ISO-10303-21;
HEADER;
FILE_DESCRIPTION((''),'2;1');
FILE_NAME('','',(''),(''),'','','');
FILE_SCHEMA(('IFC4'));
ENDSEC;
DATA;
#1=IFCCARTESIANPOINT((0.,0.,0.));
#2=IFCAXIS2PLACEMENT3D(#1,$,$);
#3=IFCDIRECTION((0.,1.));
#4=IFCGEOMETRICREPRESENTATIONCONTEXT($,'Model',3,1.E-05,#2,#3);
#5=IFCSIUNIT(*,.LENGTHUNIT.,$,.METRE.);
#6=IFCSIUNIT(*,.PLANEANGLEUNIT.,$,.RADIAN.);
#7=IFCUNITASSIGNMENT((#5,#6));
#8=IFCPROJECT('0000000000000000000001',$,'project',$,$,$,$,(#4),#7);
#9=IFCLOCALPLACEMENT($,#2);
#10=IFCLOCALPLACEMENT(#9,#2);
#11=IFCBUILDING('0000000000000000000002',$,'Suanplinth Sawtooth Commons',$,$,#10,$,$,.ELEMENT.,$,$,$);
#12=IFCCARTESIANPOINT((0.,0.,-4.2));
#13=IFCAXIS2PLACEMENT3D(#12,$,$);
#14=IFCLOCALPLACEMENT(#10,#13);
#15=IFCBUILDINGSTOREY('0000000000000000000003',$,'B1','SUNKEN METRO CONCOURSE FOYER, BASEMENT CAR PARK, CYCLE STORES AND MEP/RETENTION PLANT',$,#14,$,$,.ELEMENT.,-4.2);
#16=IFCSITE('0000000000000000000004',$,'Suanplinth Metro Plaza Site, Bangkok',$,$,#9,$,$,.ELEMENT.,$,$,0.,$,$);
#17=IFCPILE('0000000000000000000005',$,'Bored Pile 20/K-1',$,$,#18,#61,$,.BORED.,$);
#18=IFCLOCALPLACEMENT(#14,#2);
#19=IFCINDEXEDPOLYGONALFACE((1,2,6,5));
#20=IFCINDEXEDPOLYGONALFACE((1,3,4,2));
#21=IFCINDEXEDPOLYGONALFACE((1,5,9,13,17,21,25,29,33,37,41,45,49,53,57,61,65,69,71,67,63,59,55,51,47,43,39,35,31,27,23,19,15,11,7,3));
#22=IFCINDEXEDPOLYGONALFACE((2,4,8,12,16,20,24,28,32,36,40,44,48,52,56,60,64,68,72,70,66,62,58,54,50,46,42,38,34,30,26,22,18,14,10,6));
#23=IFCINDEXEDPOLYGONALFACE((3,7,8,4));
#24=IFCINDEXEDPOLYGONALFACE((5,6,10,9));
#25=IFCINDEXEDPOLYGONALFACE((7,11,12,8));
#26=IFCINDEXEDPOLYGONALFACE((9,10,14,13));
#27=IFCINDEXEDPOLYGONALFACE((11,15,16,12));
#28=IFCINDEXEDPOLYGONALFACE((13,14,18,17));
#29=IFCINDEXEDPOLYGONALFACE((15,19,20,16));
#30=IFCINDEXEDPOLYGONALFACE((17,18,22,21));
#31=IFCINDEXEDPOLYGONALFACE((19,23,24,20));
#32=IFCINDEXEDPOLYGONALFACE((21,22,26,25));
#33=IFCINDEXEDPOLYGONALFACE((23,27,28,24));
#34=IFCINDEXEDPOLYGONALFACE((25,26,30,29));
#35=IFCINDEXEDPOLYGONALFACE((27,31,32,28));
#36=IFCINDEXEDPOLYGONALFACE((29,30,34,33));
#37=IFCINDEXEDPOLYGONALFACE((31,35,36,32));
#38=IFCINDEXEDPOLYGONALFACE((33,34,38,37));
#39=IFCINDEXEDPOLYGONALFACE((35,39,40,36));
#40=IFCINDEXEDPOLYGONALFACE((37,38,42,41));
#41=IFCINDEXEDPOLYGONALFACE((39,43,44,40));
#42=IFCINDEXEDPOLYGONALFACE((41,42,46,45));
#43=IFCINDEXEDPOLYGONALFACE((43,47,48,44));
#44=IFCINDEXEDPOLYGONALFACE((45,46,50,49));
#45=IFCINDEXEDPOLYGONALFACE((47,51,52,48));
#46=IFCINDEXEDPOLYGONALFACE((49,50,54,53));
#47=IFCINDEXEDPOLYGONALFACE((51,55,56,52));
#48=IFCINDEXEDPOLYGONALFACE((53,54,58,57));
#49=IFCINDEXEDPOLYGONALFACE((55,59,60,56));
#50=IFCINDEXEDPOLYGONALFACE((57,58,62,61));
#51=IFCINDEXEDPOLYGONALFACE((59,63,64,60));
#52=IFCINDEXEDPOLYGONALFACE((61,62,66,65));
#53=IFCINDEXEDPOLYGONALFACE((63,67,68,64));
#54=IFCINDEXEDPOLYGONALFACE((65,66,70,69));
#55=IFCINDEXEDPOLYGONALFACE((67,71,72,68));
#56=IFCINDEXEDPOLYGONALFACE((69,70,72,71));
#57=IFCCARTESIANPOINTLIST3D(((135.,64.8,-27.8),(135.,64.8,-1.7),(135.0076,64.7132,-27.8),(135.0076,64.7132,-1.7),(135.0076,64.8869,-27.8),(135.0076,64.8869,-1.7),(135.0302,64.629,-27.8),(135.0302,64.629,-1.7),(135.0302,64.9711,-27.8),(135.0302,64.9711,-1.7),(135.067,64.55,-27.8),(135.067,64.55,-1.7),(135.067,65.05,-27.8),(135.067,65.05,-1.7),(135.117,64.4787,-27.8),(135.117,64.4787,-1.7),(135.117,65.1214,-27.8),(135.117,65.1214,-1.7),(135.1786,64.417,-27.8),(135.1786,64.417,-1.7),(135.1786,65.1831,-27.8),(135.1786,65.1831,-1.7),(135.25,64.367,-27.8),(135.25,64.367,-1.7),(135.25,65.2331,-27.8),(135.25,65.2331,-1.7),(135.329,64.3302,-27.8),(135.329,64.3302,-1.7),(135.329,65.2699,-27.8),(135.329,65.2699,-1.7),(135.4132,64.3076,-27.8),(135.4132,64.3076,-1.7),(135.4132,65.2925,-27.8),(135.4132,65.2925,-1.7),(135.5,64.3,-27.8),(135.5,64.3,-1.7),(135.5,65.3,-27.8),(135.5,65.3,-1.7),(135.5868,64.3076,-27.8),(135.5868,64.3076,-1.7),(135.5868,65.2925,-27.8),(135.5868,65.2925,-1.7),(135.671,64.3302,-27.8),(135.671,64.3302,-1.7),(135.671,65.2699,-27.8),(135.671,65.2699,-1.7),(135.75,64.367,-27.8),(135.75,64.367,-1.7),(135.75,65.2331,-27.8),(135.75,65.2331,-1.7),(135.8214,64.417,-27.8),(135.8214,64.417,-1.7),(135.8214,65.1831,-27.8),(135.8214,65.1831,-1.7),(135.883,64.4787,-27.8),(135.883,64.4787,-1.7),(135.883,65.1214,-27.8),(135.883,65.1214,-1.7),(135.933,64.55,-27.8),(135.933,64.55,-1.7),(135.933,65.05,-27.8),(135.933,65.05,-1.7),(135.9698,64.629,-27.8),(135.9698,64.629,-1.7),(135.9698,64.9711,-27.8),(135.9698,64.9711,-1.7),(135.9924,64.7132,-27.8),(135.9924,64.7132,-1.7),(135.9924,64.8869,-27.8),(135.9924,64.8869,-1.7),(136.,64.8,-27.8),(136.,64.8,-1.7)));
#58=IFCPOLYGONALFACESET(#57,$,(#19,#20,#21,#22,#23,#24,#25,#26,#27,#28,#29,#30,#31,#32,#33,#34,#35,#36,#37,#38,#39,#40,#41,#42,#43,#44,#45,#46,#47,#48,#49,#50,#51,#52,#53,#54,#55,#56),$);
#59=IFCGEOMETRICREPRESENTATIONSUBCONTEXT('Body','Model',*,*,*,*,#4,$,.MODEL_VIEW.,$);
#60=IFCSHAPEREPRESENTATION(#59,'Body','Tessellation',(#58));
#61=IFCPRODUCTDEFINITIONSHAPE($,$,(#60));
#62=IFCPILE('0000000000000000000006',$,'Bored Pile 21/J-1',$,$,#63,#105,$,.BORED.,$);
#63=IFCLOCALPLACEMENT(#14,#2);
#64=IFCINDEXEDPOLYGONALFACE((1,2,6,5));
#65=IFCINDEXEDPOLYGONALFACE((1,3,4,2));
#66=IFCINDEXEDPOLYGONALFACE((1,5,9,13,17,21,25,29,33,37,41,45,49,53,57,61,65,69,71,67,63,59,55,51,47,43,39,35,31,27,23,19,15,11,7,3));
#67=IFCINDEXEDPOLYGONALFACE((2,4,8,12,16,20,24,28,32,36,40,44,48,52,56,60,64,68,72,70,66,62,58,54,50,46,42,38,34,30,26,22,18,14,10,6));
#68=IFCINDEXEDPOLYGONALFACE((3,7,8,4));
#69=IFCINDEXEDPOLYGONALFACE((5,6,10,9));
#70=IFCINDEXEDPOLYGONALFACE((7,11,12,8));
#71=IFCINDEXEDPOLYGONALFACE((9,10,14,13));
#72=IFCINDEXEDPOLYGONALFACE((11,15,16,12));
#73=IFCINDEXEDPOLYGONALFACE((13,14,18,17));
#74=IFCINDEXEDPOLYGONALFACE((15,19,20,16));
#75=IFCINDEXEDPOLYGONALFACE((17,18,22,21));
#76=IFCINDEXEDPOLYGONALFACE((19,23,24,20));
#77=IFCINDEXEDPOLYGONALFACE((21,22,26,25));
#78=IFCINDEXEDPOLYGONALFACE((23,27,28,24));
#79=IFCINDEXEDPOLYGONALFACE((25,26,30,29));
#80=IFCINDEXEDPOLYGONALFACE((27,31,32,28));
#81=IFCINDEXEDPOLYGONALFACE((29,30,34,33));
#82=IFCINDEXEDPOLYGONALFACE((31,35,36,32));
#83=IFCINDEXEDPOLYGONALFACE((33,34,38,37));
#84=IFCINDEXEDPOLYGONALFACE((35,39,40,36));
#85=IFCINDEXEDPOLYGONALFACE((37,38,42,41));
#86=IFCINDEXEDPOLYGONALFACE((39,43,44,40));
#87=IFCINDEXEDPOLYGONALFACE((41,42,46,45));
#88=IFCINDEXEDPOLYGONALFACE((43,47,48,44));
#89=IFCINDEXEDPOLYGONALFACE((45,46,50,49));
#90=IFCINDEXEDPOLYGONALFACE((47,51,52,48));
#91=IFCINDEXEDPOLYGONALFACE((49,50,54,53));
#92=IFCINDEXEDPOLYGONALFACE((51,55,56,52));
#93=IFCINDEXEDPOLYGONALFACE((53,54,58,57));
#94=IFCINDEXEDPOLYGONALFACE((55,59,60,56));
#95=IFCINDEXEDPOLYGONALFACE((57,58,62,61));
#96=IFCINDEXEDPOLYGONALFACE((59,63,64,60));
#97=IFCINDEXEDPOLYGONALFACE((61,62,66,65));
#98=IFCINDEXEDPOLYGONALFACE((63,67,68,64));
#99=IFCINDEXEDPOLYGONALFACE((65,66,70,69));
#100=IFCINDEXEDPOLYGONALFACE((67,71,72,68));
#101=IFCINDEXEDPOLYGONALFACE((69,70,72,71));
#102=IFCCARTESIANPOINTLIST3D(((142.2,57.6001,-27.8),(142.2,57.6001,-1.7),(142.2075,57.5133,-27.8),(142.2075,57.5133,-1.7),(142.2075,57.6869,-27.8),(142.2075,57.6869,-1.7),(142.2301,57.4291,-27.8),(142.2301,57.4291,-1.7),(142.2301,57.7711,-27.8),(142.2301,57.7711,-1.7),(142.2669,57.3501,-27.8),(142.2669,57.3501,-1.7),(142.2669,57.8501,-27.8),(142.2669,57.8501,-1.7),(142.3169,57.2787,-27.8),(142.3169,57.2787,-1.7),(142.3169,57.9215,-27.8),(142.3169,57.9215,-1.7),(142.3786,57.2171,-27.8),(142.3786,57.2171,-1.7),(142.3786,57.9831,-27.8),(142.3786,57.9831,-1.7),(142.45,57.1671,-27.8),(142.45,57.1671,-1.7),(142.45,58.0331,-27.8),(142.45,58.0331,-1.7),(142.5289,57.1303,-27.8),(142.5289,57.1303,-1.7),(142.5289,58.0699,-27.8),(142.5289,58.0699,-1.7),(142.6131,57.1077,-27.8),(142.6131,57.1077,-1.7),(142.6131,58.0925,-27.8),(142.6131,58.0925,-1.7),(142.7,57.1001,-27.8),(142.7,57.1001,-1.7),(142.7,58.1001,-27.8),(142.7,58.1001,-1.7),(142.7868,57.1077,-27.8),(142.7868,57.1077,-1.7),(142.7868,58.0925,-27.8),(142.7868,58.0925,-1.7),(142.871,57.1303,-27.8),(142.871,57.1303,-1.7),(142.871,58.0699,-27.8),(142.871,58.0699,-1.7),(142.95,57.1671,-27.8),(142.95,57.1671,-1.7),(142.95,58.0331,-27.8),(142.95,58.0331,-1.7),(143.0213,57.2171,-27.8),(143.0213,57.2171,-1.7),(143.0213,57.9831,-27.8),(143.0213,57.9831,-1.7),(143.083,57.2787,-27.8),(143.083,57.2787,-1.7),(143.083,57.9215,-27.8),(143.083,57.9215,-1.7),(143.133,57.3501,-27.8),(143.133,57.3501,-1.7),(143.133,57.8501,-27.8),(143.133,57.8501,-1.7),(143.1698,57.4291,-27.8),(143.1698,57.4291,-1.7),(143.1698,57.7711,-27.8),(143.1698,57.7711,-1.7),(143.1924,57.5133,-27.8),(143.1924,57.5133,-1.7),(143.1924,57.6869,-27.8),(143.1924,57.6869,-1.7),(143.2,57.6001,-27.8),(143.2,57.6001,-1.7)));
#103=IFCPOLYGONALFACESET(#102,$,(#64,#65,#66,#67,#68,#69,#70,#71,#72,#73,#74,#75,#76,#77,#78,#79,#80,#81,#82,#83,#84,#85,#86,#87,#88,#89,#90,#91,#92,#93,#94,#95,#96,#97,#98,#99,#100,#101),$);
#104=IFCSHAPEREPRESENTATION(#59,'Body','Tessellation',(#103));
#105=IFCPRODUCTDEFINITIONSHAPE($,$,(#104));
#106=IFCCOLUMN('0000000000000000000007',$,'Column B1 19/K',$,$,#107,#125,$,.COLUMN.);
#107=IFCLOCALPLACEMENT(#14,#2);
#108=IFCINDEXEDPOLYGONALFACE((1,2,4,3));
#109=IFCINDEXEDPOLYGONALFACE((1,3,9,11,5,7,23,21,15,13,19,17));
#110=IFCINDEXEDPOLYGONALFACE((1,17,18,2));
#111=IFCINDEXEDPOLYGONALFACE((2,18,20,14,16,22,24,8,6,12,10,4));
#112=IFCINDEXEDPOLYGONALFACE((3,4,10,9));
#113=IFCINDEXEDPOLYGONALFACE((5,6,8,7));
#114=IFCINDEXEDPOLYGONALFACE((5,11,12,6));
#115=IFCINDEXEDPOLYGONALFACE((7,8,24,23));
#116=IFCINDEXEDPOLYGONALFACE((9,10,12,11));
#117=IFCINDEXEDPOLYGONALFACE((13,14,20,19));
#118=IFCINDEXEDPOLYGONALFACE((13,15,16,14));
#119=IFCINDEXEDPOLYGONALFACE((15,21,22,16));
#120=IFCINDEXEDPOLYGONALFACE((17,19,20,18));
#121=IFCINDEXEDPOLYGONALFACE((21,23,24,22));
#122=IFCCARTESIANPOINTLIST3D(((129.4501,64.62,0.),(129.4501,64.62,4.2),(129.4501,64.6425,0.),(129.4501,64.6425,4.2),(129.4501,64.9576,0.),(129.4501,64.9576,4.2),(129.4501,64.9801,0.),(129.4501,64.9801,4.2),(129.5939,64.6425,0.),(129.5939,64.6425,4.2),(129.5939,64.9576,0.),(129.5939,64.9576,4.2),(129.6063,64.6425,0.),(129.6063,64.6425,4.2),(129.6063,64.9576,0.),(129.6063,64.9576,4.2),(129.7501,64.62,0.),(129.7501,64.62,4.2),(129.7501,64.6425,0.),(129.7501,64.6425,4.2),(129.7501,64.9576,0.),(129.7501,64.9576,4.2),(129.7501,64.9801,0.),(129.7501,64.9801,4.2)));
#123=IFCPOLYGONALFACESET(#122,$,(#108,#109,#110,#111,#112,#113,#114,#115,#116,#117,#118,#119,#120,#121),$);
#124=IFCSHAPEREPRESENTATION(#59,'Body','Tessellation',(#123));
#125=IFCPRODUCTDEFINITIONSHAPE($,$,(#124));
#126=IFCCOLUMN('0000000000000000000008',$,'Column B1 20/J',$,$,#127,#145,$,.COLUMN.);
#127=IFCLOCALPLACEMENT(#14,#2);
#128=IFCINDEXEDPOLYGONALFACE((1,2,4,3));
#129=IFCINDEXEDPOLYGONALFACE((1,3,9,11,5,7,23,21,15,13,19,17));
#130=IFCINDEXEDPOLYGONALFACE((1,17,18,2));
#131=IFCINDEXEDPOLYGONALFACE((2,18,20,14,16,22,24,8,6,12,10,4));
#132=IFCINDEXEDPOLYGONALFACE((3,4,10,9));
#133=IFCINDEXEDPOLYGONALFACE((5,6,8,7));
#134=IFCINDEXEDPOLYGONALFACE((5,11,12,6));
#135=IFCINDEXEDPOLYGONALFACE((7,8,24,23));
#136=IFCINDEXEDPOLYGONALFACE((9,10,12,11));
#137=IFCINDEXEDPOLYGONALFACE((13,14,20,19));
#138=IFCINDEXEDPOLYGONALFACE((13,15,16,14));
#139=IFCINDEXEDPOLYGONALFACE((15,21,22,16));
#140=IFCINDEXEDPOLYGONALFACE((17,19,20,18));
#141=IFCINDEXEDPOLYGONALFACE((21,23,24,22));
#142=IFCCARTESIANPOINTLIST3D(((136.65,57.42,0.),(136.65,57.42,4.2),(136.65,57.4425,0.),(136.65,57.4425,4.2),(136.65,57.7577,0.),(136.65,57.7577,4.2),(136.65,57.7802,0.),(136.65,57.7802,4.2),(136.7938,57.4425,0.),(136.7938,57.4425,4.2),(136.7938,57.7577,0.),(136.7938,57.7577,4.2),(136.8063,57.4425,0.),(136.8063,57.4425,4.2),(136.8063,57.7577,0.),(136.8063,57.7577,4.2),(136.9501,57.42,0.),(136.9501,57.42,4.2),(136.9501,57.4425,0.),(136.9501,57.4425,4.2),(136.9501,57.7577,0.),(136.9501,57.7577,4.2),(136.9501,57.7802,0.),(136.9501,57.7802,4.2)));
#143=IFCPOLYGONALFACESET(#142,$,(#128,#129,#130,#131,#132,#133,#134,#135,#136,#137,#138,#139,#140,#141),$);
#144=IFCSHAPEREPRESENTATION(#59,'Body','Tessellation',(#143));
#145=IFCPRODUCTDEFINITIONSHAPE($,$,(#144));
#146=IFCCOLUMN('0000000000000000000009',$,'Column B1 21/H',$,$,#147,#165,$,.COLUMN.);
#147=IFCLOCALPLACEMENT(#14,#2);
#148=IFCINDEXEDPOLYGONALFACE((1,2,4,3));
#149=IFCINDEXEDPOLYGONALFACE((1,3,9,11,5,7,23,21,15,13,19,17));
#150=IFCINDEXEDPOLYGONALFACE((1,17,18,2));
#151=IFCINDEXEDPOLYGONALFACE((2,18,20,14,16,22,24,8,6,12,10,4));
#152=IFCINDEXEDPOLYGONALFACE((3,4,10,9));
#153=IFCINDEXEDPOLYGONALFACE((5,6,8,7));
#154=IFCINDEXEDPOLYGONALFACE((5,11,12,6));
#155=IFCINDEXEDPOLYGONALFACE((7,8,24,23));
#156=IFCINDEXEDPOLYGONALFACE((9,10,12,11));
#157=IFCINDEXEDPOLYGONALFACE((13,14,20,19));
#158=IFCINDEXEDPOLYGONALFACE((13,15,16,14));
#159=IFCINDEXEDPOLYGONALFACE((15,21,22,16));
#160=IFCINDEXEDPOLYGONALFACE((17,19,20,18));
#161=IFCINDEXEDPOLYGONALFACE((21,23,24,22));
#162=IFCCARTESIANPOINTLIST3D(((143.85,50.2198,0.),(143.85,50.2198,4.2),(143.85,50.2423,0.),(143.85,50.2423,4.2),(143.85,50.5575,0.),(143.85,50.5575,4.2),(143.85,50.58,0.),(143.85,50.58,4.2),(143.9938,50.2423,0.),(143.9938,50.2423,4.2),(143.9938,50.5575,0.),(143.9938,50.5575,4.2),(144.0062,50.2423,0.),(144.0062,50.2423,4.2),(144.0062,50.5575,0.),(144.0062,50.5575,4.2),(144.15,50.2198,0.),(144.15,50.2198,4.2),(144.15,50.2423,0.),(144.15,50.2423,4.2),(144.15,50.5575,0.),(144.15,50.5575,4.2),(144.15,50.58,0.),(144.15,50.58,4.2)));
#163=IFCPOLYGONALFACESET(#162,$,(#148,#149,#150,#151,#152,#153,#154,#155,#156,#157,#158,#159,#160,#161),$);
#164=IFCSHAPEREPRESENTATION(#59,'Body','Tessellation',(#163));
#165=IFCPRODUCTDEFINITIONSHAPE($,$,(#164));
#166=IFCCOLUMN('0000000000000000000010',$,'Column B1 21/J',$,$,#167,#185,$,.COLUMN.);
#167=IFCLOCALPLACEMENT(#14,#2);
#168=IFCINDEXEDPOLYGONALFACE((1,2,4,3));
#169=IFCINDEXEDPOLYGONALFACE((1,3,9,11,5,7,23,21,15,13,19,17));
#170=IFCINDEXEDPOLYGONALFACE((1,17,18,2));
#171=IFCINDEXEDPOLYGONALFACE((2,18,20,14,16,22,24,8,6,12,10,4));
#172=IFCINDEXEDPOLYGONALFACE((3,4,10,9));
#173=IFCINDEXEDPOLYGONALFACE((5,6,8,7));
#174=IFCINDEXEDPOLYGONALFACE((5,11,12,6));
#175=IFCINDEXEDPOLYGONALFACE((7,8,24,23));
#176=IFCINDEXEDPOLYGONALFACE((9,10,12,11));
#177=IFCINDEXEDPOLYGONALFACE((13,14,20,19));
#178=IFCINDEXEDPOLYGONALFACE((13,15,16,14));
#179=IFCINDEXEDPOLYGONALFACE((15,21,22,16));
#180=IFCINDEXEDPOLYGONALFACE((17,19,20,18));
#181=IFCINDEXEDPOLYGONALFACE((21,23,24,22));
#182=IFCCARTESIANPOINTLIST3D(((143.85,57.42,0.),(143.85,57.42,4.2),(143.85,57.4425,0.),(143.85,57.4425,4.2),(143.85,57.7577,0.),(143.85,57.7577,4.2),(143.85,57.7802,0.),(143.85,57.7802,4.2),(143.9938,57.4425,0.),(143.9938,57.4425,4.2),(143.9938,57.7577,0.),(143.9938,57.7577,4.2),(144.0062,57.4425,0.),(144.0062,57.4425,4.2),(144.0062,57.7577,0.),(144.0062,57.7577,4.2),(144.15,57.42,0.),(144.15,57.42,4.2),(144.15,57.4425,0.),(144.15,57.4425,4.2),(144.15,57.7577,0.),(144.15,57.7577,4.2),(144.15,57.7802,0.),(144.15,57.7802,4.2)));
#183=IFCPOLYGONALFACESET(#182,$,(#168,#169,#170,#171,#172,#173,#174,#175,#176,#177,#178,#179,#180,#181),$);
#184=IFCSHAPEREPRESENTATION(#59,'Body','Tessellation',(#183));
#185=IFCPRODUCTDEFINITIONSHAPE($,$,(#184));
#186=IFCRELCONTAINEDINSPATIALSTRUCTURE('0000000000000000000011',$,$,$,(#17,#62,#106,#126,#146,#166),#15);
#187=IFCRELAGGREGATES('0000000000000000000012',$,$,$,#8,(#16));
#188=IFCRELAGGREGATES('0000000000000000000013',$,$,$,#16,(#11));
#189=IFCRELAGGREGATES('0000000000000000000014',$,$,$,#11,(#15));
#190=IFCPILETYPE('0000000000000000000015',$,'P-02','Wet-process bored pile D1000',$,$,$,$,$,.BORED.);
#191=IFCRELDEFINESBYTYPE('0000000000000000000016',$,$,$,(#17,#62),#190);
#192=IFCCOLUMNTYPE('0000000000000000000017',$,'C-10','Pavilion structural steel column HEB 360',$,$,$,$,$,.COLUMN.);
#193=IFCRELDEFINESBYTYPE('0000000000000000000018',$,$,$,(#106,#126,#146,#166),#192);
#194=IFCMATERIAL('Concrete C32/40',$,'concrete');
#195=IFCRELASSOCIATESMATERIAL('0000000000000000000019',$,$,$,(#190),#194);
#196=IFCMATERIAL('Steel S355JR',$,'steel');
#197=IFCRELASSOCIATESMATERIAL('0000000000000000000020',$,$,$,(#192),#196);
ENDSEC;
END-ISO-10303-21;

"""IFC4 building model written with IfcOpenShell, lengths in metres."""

from ifc_helpers import new_model, si_unit, direction, frame, origin, origin_2d, place, context, subcontext, project, spatial, circle, i_section, extrude, material, material_profile, profile_set, type_object, element, save


model = new_model("IFC4")

# Units and contexts
model_context = context("Model", 3, precision=1e-05, world=origin(), true_north=direction((0.0, 1.0)))
body_context = subcontext(model_context, "Body", "Model", "MODEL_VIEW")
ifc_project = project(units=[si_unit("LENGTHUNIT", "METRE"), si_unit("PLANEANGLEUNIT", "RADIAN")], contexts=[model_context])

# Site, building, storey
site_placement = place(None, origin())
site = spatial("IfcSite", under=ifc_project, at=site_placement, Name="Suanplinth Metro Plaza Site, Bangkok", CompositionType="ELEMENT", RefElevation=0.0)
building_placement = place(site_placement, origin())
building = spatial("IfcBuilding", under=site, at=building_placement, Name="Suanplinth Sawtooth Commons", CompositionType="ELEMENT")
storey_placement = place(building_placement, frame((0.0, 0.0, -4.2)))
storey = spatial("IfcBuildingStorey", under=building, at=storey_placement, Name="B1", Description="SUNKEN METRO CONCOURSE FOYER, BASEMENT CAR PARK, CYCLE STORES AND MEP/RETENTION PLANT", CompositionType="ELEMENT", Elevation=-4.2)

# Piles
ifc_material_1 = material(Name="Concrete C32/40", Category="concrete")
ifc_material_profile_1 = material_profile(ifc_material_1, circle(Radius=0.5, at=origin_2d()), Name="PILE D1000")
ifc_profile_set_1 = profile_set([ifc_material_profile_1], Name="Concrete C32/40")
pile_type_1 = type_object("IfcPileType", Name="P-02", Description="Wet-process bored pile D1000", PredefinedType="BORED", material=ifc_profile_set_1)
for number, where, z_axis, x_axis, name in (
    (1, (135.5, 64.8, -1.7), (0.0, 0.0, -1.0), (1.0, 0.0, 0.0), "Bored Pile 20/K-1"),
    (2, (142.7, 57.6001, -1.7), (0.0, 0.0, -1.0), (1.0, 0.0, 0.0), "Bored Pile 21/J-1"),
):
    element("IfcPile", number, at=place(storey_placement, frame(where, z_axis=z_axis, x_axis=x_axis)), inside=storey, type_object=pile_type_1, Name=name, PredefinedType="BORED", context=body_context, shape_type="SweptSolid", body=[
        extrude(circle(Radius=0.5, at=origin_2d()), origin(), (0.0, 0.0, 1.0), 26.1001),
    ])

# Columns
ifc_material_2 = material(Name="Steel S355JR", Category="steel")
ifc_material_profile_2 = material_profile(ifc_material_2, i_section(OverallWidth=0.3, OverallDepth=0.3601, WebThickness=0.0125, FlangeThickness=0.0225, at=origin_2d()), Name="HEB 360")
ifc_profile_set_2 = profile_set([ifc_material_profile_2], Name="Steel S355JR")
column_type = type_object("IfcColumnType", Name="C-10", Description="Pavilion structural steel column HEB 360", PredefinedType="COLUMN", material=ifc_profile_set_2)
for number, where, z_axis, x_axis, name in (
    (3, (129.6001, 64.8, 0.0), (0.0, 0.0, 1.0), (1.0, 0.0, 0.0), "Column B1 19/K"),
    (4, (136.8, 57.6001, 0.0), (0.0, 0.0, 1.0), (1.0, 0.0, 0.0), "Column B1 20/J"),
    (5, (144.0, 50.3999, 0.0), (0.0, 0.0, 1.0), (1.0, 0.0, 0.0), "Column B1 21/H"),
    (6, (144.0, 57.6001, 0.0), (0.0, 0.0, 1.0), (1.0, 0.0, 0.0), "Column B1 21/J"),
):
    element("IfcColumn", number, at=place(storey_placement, frame(where, z_axis=z_axis, x_axis=x_axis)), inside=storey, type_object=column_type, Name=name, PredefinedType="COLUMN", context=body_context, shape_type="SweptSolid", body=[
        extrude(i_section(OverallWidth=0.3, OverallDepth=0.3601, WebThickness=0.0125, FlangeThickness=0.0225, at=origin_2d()), origin(), (0.0, 0.0, 1.0), 4.2),
    ])

save(model, "model.ifc")
